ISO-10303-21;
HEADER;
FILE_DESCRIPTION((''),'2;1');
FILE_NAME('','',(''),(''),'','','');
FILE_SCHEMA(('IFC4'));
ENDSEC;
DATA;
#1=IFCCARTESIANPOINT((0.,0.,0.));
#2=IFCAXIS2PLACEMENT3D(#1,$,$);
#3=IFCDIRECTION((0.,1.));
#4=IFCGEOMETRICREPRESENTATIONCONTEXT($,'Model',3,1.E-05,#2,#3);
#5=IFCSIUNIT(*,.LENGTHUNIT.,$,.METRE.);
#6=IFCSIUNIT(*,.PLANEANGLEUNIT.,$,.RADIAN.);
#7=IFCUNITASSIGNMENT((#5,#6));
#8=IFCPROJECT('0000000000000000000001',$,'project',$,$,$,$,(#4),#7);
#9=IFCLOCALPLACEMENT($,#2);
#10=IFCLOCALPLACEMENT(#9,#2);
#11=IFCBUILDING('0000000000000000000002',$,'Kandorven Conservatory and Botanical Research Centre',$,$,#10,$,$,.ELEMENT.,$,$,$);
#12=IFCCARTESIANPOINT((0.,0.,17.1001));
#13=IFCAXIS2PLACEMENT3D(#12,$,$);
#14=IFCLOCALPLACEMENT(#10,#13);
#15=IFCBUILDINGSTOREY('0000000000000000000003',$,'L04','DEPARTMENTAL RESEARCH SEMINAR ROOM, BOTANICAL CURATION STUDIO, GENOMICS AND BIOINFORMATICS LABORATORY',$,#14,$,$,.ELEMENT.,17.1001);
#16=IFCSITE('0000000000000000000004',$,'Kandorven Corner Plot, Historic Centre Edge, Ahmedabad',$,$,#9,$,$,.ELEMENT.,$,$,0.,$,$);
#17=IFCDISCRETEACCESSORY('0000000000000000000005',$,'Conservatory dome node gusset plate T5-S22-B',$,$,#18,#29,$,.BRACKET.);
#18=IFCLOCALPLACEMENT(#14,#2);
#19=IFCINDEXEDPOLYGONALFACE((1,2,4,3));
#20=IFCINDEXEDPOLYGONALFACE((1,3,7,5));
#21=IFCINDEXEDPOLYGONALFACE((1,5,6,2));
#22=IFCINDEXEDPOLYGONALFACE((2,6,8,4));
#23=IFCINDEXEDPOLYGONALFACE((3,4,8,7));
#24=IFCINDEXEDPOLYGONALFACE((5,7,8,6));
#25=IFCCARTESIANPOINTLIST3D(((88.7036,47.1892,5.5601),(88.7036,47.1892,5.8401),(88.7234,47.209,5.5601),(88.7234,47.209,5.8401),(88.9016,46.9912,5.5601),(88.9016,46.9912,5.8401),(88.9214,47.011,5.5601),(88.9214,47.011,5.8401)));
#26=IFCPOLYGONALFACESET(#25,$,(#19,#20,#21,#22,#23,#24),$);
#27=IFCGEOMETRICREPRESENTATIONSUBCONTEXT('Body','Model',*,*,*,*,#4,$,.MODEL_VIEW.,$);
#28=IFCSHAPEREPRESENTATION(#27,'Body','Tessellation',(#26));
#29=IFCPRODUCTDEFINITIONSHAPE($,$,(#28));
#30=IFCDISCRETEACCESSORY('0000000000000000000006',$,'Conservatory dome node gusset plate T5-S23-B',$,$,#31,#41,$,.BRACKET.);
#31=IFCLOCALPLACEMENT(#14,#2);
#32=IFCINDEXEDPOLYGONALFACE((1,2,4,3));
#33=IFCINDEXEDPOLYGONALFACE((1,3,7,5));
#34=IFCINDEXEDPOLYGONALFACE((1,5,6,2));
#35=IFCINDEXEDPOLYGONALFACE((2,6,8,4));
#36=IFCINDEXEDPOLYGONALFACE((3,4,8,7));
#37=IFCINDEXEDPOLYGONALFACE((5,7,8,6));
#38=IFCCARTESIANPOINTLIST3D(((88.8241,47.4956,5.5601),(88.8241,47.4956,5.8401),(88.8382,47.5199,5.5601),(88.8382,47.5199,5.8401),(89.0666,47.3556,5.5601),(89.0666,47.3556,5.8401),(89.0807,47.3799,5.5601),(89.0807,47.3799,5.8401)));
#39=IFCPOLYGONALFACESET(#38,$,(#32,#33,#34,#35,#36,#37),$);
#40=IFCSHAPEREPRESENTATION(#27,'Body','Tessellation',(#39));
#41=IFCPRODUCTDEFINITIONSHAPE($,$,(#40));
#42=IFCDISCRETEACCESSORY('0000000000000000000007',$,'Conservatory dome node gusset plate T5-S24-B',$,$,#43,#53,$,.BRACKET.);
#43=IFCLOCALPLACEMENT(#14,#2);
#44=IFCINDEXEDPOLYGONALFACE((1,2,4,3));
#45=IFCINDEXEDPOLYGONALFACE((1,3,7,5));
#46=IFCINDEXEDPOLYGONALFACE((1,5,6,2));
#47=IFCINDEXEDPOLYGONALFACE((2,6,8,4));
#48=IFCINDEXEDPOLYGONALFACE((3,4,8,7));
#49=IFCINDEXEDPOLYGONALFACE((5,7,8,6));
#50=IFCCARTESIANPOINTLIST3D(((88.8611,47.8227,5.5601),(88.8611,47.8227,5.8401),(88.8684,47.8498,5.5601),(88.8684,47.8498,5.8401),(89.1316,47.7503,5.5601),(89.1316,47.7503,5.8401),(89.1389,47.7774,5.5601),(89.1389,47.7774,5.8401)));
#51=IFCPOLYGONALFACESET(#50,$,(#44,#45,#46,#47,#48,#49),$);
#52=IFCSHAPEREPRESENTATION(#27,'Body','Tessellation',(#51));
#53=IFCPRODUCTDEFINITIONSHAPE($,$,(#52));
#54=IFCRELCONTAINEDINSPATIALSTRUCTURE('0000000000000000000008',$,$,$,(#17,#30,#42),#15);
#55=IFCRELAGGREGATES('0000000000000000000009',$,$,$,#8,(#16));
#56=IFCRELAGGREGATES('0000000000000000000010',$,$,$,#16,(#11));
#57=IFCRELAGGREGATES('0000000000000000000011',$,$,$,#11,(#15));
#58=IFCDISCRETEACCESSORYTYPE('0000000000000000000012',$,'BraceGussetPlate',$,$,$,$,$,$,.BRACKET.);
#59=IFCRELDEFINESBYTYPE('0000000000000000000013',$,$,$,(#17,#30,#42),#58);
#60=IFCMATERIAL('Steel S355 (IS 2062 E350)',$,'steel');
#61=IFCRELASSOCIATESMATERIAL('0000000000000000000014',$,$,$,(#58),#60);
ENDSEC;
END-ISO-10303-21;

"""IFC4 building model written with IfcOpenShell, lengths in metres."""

from ifc_helpers import new_model, si_unit, direction, frame, origin, origin_2d, place, context, subcontext, project, spatial, rectangle, extrude, material, type_object, element, save


model = new_model("IFC4")

# Units and contexts
model_context = context("Model", 3, precision=1e-05, world=origin(), true_north=direction((0.0, 1.0)))
body_context = subcontext(model_context, "Body", "Model", "MODEL_VIEW")
ifc_project = project(units=[si_unit("LENGTHUNIT", "METRE"), si_unit("PLANEANGLEUNIT", "RADIAN")], contexts=[model_context])

# Site, building, storey
site_placement = place(None, origin())
site = spatial("IfcSite", under=ifc_project, at=site_placement, Name="Kandorven Corner Plot, Historic Centre Edge, Ahmedabad", CompositionType="ELEMENT", RefElevation=0.0)
building_placement = place(site_placement, origin())
building = spatial("IfcBuilding", under=site, at=building_placement, Name="Kandorven Conservatory and Botanical Research Centre", CompositionType="ELEMENT")
storey_placement = place(building_placement, frame((0.0, 0.0, 17.1001)))
storey = spatial("IfcBuildingStorey", under=building, at=storey_placement, Name="L04", Description="DEPARTMENTAL RESEARCH SEMINAR ROOM, BOTANICAL CURATION STUDIO, GENOMICS AND BIOINFORMATICS LABORATORY", CompositionType="ELEMENT", Elevation=17.1001)

# Discrete accessories
ifc_material_1 = material(Name="Steel S355 (IS 2062 E350)", Category="steel")
discrete_accessory_type = type_object("IfcDiscreteAccessoryType", Name="BraceGussetPlate", PredefinedType="BRACKET", material=ifc_material_1)
for number, where, z_axis, x_axis, name in (
    (1, (88.8125, 47.1001, 5.5601), (0.0, 0.0, 1.0), (0.707107, -0.707107, 0.0), "Conservatory dome node gusset plate T5-S22-B"),
    (2, (88.9524, 47.4377, 5.5601), (0.0, 0.0, 1.0), (0.866025, -0.5, 0.0), "Conservatory dome node gusset plate T5-S23-B"),
    (3, (89.0, 47.8, 5.5601), (0.0, 0.0, 1.0), (0.965926, -0.258819, 0.0), "Conservatory dome node gusset plate T5-S24-B"),
):
    element("IfcDiscreteAccessory", number, at=place(storey_placement, frame(where, z_axis=z_axis, x_axis=x_axis)), inside=storey, type_object=discrete_accessory_type, Name=name, PredefinedType="BRACKET", context=body_context, shape_type="SweptSolid", body=[
        extrude(rectangle(XDim=0.28, YDim=0.0281, at=origin_2d()), origin(), (0.0, 0.0, 1.0), 0.28),
    ])

save(model, "model.ifc")
